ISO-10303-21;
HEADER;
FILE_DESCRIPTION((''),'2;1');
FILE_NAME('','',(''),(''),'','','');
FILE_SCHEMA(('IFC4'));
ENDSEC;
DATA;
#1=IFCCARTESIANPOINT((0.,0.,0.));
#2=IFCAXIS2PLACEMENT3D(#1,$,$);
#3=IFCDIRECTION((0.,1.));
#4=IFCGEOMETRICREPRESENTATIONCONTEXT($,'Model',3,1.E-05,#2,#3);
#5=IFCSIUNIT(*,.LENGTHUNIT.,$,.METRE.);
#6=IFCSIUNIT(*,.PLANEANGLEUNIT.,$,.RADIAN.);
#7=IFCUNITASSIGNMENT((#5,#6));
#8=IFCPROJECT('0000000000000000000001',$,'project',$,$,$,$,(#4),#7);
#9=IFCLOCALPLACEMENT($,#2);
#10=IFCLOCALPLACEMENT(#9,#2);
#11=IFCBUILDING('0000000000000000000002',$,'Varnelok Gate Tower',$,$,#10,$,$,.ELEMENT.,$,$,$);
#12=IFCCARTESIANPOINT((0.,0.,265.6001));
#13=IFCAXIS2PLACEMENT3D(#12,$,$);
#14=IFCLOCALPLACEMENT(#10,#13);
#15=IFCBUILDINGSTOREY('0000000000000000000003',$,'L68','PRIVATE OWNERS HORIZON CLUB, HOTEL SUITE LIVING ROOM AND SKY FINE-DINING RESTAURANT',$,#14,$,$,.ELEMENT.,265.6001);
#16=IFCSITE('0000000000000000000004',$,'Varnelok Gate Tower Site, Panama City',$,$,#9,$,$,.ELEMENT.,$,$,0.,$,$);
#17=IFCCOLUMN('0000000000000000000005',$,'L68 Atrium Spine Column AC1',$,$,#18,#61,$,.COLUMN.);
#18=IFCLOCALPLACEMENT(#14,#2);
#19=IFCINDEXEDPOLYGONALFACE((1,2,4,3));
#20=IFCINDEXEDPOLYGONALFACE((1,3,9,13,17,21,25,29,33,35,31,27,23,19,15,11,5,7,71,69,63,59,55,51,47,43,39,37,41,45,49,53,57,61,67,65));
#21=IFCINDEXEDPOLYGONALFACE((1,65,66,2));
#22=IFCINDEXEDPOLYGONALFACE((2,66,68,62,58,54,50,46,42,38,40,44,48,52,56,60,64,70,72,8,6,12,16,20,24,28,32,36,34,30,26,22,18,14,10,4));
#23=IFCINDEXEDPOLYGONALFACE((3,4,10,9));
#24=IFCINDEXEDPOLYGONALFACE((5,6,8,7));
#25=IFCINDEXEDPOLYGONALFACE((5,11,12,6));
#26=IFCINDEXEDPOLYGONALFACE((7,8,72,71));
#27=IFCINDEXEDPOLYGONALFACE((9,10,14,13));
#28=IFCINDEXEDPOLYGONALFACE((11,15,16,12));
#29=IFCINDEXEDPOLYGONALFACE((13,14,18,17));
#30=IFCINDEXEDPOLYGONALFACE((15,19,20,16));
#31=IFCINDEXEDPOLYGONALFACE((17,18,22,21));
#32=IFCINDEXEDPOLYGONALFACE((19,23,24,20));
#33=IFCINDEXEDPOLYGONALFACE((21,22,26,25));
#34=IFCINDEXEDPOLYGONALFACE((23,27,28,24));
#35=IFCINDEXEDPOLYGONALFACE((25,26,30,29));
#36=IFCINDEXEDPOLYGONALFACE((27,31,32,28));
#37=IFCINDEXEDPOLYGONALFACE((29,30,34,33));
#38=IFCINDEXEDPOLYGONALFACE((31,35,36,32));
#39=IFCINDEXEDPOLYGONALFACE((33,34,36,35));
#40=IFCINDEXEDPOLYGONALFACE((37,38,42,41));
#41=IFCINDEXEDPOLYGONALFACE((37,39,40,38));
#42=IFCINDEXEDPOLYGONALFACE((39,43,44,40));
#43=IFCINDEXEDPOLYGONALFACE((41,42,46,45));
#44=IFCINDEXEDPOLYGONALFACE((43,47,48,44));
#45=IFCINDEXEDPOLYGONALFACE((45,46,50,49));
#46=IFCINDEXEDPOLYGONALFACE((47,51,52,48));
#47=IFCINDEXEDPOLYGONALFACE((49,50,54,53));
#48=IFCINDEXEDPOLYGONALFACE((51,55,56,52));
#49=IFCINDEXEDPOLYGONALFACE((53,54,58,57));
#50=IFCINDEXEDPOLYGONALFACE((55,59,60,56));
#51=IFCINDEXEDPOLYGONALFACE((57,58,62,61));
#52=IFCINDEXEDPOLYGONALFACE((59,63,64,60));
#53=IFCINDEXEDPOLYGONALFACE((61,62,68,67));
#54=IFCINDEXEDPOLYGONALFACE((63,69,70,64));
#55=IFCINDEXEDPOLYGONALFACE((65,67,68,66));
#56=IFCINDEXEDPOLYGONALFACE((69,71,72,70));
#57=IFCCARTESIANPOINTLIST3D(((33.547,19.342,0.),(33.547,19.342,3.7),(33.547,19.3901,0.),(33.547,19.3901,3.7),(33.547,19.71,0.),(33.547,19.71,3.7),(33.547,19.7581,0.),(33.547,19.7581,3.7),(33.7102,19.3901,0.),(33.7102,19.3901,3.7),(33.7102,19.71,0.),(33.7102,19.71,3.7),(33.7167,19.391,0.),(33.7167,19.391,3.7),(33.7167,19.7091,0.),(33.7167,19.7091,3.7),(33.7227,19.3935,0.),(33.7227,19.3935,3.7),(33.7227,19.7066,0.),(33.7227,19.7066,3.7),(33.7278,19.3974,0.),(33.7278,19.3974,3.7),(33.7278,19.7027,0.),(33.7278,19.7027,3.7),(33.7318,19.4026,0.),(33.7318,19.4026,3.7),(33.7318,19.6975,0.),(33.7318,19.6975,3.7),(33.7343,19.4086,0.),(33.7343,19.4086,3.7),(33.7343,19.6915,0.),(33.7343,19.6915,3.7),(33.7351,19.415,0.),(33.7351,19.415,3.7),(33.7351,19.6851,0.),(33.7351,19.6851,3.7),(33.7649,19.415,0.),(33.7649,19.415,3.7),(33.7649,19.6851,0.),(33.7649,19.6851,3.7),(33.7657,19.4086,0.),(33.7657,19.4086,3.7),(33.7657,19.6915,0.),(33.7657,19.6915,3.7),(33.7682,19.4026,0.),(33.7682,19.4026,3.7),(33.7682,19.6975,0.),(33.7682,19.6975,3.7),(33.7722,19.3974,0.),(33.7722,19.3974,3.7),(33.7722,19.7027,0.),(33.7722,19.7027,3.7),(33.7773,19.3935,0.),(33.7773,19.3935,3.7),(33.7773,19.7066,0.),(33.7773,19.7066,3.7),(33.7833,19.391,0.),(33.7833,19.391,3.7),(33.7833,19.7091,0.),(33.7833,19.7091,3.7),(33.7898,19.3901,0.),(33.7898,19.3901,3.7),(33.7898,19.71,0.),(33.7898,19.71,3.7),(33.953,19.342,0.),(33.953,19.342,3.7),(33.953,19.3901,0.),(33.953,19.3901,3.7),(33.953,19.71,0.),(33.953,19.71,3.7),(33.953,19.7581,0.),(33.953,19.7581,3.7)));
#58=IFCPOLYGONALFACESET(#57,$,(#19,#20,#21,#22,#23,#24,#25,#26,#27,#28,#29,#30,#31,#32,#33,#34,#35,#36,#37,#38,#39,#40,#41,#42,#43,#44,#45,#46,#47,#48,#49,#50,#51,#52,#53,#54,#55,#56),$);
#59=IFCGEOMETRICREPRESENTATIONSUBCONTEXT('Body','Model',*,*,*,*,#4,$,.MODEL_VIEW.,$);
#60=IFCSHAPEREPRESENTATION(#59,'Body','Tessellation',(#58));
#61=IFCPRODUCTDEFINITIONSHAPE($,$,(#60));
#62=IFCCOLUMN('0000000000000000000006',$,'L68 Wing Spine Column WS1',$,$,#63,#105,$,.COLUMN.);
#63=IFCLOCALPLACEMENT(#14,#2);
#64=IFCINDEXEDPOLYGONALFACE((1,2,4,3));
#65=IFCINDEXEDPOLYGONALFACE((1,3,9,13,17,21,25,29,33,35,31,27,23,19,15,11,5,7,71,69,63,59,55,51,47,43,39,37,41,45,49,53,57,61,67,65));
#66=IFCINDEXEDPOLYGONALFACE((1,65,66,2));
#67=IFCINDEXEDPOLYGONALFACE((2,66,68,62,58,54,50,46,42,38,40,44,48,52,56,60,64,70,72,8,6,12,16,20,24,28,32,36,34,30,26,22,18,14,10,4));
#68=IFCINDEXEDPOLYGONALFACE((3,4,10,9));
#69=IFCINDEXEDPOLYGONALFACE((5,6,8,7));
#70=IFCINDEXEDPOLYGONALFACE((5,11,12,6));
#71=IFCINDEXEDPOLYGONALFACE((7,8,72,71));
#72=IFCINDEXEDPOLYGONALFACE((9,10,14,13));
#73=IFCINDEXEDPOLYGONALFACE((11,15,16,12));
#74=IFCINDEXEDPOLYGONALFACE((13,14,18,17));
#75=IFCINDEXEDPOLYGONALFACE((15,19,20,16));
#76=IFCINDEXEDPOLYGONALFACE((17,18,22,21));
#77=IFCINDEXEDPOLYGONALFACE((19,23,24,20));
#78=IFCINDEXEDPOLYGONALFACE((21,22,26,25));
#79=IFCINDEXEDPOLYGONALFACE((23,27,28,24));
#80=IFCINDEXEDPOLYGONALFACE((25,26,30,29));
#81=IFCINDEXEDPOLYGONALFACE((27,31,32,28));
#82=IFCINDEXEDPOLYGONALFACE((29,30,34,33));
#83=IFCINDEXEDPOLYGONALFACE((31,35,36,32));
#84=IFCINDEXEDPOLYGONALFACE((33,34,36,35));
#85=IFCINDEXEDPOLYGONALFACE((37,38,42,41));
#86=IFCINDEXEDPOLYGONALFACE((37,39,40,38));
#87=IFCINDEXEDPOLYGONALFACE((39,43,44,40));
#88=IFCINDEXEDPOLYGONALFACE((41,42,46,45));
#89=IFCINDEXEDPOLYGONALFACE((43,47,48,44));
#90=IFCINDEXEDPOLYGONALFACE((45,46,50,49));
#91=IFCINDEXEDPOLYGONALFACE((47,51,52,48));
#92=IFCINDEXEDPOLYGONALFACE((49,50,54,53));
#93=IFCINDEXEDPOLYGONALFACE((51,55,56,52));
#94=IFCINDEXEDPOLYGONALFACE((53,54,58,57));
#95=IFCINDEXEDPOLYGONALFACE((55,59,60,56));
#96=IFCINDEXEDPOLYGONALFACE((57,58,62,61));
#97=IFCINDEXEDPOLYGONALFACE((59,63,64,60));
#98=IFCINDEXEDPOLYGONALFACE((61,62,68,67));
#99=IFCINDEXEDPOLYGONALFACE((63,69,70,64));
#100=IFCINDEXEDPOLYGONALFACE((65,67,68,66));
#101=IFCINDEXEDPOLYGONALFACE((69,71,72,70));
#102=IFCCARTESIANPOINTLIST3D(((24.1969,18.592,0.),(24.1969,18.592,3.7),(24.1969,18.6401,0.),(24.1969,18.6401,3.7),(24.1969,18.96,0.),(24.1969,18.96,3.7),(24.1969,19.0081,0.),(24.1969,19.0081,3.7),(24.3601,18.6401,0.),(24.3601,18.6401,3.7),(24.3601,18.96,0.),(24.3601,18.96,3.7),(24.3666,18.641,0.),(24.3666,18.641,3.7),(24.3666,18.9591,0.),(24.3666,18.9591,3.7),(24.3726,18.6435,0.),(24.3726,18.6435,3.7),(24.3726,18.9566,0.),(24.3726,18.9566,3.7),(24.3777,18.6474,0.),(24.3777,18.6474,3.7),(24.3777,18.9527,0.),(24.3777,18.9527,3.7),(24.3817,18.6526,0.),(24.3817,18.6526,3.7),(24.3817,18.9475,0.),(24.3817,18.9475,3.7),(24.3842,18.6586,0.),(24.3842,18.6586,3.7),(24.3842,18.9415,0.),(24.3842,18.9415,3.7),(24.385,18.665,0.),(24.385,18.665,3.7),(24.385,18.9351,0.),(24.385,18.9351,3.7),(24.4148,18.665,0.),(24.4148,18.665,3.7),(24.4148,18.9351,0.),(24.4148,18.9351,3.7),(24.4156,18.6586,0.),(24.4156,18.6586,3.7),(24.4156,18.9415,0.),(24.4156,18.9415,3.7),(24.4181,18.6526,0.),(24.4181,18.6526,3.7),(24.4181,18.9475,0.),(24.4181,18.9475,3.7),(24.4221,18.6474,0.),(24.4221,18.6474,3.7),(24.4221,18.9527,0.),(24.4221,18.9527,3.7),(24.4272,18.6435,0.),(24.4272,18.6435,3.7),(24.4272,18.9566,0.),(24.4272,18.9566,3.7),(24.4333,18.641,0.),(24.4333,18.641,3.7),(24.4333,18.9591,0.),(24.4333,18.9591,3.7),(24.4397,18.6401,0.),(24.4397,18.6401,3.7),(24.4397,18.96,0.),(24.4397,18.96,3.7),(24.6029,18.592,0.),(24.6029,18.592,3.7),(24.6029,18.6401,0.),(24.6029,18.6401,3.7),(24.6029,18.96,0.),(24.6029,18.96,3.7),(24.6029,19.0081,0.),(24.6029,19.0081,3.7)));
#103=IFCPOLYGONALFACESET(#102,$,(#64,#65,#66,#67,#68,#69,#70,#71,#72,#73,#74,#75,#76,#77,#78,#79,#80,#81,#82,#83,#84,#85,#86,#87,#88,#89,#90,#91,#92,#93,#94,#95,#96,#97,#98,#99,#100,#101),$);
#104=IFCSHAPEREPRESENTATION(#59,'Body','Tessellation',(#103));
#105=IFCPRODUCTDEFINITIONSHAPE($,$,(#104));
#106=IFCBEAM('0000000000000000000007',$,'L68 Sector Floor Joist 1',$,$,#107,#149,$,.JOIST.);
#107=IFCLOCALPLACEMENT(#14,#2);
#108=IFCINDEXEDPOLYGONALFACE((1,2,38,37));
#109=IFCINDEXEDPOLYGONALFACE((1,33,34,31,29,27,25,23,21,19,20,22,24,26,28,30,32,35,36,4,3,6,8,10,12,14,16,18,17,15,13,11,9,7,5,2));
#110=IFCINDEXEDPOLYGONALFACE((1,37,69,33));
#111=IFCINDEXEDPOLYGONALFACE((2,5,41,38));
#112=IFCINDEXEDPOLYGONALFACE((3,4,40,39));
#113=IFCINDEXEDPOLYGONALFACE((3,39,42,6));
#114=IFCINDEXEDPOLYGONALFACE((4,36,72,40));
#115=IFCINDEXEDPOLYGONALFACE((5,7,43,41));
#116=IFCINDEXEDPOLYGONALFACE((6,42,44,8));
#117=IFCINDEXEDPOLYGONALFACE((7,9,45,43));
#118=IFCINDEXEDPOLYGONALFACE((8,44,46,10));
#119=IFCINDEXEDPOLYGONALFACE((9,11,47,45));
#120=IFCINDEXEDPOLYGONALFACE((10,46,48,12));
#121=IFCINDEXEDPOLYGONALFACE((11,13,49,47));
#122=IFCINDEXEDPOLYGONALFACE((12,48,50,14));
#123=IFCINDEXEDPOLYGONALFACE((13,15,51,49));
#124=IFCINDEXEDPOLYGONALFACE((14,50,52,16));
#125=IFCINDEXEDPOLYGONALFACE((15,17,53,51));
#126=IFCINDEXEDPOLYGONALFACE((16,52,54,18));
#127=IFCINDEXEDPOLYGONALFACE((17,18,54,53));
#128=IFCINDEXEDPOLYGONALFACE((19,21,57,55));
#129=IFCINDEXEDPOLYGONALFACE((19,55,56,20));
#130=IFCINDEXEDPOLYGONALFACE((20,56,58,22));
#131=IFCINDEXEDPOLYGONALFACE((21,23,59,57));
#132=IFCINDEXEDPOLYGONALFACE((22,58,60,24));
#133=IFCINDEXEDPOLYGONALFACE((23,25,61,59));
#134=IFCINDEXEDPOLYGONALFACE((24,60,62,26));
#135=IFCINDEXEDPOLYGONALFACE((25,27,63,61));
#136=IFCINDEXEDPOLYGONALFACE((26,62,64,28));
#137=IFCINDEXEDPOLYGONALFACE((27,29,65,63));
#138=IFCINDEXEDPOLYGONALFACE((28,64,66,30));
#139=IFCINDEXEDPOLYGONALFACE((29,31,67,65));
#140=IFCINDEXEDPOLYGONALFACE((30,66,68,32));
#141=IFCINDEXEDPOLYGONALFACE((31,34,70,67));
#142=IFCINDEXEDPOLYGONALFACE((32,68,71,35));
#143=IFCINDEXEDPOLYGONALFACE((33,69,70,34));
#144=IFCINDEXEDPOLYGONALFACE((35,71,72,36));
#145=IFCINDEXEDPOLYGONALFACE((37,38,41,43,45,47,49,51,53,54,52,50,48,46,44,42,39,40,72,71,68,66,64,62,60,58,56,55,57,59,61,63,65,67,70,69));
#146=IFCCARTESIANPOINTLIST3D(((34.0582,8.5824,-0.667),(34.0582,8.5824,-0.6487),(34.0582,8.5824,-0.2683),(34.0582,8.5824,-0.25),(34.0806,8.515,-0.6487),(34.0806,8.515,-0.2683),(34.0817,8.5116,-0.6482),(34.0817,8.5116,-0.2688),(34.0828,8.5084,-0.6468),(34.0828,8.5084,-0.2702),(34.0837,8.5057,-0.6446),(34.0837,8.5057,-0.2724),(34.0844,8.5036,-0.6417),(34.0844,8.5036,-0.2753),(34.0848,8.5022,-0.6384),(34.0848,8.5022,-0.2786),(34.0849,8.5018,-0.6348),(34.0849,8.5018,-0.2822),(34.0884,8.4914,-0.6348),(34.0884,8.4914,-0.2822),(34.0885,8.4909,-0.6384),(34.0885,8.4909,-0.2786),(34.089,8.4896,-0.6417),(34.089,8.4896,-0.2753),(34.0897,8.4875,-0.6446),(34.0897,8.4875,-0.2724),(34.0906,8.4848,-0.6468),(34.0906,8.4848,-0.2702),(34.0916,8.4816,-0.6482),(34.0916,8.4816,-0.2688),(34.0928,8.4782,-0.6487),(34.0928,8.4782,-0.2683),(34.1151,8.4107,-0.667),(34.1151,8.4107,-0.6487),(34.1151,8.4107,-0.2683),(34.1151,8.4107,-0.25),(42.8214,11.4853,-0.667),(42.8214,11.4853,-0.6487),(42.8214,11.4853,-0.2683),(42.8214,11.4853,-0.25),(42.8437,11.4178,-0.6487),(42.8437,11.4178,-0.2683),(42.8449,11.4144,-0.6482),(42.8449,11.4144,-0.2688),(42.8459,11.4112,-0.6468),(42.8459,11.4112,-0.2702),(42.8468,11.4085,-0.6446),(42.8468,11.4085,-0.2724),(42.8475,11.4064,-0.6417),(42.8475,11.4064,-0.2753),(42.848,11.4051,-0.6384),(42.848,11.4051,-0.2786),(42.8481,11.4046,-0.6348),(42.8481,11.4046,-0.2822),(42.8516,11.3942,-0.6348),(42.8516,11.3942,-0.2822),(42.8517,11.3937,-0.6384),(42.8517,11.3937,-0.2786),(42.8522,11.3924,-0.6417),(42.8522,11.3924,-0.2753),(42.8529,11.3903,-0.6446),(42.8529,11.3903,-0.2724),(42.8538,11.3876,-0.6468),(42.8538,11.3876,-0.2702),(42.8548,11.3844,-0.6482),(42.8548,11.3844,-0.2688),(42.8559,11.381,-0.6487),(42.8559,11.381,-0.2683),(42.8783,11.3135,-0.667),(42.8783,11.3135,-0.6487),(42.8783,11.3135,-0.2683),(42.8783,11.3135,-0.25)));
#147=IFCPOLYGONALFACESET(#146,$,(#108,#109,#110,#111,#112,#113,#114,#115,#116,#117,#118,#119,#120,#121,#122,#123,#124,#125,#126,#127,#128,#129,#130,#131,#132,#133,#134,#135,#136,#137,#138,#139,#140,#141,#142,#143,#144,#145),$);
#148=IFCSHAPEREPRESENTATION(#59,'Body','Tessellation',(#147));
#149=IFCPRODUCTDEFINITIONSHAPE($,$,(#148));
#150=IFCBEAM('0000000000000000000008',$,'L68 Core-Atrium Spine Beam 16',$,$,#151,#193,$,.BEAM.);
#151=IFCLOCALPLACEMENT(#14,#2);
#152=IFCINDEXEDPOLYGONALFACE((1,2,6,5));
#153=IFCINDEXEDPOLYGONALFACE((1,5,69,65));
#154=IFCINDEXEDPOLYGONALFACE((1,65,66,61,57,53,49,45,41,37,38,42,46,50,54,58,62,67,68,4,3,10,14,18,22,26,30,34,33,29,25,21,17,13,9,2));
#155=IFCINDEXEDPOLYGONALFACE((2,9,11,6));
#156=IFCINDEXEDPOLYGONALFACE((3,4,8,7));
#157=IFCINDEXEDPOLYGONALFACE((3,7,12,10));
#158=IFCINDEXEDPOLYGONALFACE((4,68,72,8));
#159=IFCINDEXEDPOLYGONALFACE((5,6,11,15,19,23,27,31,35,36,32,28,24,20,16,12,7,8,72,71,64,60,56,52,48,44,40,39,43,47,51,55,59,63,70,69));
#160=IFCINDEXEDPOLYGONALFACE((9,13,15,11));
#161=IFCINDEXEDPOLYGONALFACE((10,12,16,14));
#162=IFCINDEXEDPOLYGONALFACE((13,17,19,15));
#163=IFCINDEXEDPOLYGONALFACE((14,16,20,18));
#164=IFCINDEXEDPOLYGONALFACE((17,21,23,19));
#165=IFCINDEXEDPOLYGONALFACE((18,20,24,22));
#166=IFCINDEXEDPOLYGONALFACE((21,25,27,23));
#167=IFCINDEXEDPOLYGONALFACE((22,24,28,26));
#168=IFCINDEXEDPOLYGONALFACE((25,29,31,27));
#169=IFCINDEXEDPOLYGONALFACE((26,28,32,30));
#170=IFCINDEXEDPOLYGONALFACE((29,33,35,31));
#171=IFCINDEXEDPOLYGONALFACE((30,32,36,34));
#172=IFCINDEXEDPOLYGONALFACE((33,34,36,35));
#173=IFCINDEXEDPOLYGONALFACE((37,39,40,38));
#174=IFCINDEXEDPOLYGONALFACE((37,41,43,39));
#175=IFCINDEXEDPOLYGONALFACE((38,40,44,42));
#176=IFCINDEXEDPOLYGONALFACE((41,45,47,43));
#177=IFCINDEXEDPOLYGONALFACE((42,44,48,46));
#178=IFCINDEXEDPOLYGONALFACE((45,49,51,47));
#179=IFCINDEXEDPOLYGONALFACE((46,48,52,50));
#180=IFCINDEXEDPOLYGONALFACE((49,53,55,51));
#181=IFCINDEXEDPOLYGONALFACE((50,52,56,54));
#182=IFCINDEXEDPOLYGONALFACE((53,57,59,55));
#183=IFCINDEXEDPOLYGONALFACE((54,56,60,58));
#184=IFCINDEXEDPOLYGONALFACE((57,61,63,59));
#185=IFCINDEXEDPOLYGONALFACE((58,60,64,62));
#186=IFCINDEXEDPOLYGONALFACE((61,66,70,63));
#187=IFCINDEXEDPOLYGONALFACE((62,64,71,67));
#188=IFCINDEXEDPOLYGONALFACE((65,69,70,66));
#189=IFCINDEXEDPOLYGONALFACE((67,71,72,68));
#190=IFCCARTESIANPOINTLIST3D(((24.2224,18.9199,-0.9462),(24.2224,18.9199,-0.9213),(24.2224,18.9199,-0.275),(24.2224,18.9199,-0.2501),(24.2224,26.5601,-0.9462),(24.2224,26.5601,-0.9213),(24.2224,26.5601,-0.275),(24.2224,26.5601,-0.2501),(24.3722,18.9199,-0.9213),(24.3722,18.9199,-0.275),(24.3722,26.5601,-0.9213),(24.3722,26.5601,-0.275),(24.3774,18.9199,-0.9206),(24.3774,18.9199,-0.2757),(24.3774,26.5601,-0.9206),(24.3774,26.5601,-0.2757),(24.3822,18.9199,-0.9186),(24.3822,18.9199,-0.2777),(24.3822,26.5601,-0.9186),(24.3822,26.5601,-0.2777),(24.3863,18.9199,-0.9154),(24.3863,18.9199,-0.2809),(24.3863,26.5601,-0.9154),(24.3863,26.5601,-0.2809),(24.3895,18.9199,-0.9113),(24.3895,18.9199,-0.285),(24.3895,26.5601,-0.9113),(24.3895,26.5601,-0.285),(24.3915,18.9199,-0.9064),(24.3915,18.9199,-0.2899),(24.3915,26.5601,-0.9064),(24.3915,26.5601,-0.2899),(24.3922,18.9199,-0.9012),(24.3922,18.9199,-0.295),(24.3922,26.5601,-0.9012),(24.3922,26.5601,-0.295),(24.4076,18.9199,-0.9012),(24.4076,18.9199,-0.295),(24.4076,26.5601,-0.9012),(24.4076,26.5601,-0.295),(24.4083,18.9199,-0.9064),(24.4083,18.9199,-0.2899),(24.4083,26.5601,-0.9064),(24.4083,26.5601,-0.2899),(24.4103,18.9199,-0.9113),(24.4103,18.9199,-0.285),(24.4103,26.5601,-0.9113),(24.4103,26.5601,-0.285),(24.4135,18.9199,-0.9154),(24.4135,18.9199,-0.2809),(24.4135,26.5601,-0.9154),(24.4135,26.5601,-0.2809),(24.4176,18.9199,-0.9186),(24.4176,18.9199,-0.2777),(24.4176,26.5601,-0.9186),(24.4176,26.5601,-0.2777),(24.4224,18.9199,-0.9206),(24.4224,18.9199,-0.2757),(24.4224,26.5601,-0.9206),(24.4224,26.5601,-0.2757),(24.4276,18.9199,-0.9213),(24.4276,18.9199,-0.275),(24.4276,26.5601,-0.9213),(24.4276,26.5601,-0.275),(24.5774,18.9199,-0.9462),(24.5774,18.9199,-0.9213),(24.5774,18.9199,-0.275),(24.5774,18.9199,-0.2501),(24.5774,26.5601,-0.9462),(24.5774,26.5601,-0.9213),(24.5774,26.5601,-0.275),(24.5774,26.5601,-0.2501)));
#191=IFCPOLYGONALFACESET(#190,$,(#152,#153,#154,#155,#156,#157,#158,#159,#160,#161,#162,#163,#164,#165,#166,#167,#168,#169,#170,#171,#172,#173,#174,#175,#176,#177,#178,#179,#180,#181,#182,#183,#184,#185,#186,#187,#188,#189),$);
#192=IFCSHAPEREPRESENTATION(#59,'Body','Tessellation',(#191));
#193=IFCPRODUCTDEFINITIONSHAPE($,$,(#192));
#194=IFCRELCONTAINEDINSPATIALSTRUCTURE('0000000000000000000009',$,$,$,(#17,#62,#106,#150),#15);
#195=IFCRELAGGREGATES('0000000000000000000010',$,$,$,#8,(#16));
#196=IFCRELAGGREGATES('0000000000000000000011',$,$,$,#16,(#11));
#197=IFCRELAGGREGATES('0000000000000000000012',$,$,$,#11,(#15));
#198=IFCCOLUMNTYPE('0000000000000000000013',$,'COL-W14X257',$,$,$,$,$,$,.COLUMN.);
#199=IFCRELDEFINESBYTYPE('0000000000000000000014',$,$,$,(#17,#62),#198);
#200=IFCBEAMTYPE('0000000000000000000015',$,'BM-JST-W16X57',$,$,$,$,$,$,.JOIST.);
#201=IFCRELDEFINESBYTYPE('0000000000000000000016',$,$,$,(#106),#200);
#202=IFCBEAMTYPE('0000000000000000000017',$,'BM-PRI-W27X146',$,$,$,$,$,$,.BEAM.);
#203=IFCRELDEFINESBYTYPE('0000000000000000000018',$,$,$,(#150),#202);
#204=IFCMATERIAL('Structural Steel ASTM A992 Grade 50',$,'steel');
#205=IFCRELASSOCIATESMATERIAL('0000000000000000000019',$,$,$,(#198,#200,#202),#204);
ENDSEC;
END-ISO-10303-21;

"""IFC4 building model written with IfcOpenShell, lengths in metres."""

from ifc_helpers import new_model, si_unit, direction, frame, origin, origin_2d, place, context, subcontext, project, spatial, i_section, extrude, material, material_profile, profile_set, type_object, element, save


model = new_model("IFC4")

# Units and contexts
model_context = context("Model", 3, precision=1e-05, world=origin(), true_north=direction((0.0, 1.0)))
body_context = subcontext(model_context, "Body", "Model", "MODEL_VIEW")
ifc_project = project(units=[si_unit("LENGTHUNIT", "METRE"), si_unit("PLANEANGLEUNIT", "RADIAN")], contexts=[model_context])

# Site, building, storey
site_placement = place(None, origin())
site = spatial("IfcSite", under=ifc_project, at=site_placement, Name="Varnelok Gate Tower Site, Panama City", CompositionType="ELEMENT", RefElevation=0.0)
building_placement = place(site_placement, origin())
building = spatial("IfcBuilding", under=site, at=building_placement, Name="Varnelok Gate Tower", CompositionType="ELEMENT")
storey_placement = place(building_placement, frame((0.0, 0.0, 265.6001)))
storey = spatial("IfcBuildingStorey", under=building, at=storey_placement, Name="L68", Description="PRIVATE OWNERS HORIZON CLUB, HOTEL SUITE LIVING ROOM AND SKY FINE-DINING RESTAURANT", CompositionType="ELEMENT", Elevation=265.6001)

# Columns
ifc_material_1 = material(Name="Structural Steel ASTM A992 Grade 50", Category="steel")
ifc_material_profile_1 = material_profile(ifc_material_1, i_section(OverallWidth=0.406, OverallDepth=0.416, WebThickness=0.0298, FlangeThickness=0.0481, FilletRadius=0.0249, at=origin_2d()), Name="W14X257")
ifc_profile_set_1 = profile_set([ifc_material_profile_1], Name="Structural Steel ASTM A992 Grade 50")
column_type = type_object("IfcColumnType", Name="COL-W14X257", PredefinedType="COLUMN", material=ifc_profile_set_1)
for number, where, z_axis, x_axis, name in (
    (1, (33.75, 19.55, 0.0), (0.0, 0.0, 1.0), (1.0, 0.0, 0.0), "L68 Atrium Spine Column AC1"),
    (2, (24.3999, 18.8, 0.0), (0.0, 0.0, 1.0), (1.0, 0.0, 0.0), "L68 Wing Spine Column WS1"),
):
    element("IfcColumn", number, at=place(storey_placement, frame(where, z_axis=z_axis, x_axis=x_axis)), inside=storey, type_object=column_type, Name=name, PredefinedType="COLUMN", context=body_context, shape_type="SweptSolid", body=[
        extrude(i_section(OverallWidth=0.406, OverallDepth=0.416, WebThickness=0.0298, FlangeThickness=0.0481, FilletRadius=0.0249, at=origin_2d()), origin(), (0.0, 0.0, 1.0), 3.7),
    ])

# Beams
ifc_material_profile_2 = material_profile(ifc_material_1, i_section(OverallWidth=0.1809, OverallDepth=0.417, WebThickness=0.011, FlangeThickness=0.0183, FilletRadius=0.0139, at=origin_2d()), Name="W16X57")
ifc_profile_set_2 = profile_set([ifc_material_profile_2], Name="Structural Steel ASTM A992 Grade 50")
beam_type_1 = type_object("IfcBeamType", Name="BM-JST-W16X57", PredefinedType="JOIST", material=ifc_profile_set_2)
beam_1_placement = place(storey_placement, frame((34.0867, 8.4966, -0.4585), z_axis=(0.949274, 0.31445, 0.0), x_axis=(-0.31445, 0.949274, 0.0)))
element("IfcBeam", 3, at=beam_1_placement, inside=storey, type_object=beam_type_1, Name="L68 Sector Floor Joist 1", PredefinedType="JOIST", context=body_context, shape_type="SweptSolid", body=[
    extrude(i_section(OverallWidth=0.1809, OverallDepth=0.417, WebThickness=0.011, FlangeThickness=0.0183, FilletRadius=0.0139, at=origin_2d()), origin(), (0.0, 0.0, 1.0), 9.2314),
])
ifc_material_profile_3 = material_profile(ifc_material_1, i_section(OverallWidth=0.355, OverallDepth=0.696, WebThickness=0.0154, FlangeThickness=0.0249, FilletRadius=0.02, at=origin_2d()), Name="W27X146")
ifc_profile_set_3 = profile_set([ifc_material_profile_3], Name="Structural Steel ASTM A992 Grade 50")
beam_type_2 = type_object("IfcBeamType", Name="BM-PRI-W27X146", PredefinedType="BEAM", material=ifc_profile_set_3)
beam_2_placement = place(storey_placement, frame((24.3999, 18.9199, -0.5981), z_axis=(0.0, 1.0, 0.0), x_axis=(-1.0, 0.0, 0.0)))
element("IfcBeam", 4, at=beam_2_placement, inside=storey, type_object=beam_type_2, Name="L68 Core-Atrium Spine Beam 16", PredefinedType="BEAM", context=body_context, shape_type="SweptSolid", body=[
    extrude(i_section(OverallWidth=0.355, OverallDepth=0.696, WebThickness=0.0154, FlangeThickness=0.0249, FilletRadius=0.02, at=origin_2d()), origin(), (0.0, 0.0, 1.0), 7.6401),
])

save(model, "model.ifc")
